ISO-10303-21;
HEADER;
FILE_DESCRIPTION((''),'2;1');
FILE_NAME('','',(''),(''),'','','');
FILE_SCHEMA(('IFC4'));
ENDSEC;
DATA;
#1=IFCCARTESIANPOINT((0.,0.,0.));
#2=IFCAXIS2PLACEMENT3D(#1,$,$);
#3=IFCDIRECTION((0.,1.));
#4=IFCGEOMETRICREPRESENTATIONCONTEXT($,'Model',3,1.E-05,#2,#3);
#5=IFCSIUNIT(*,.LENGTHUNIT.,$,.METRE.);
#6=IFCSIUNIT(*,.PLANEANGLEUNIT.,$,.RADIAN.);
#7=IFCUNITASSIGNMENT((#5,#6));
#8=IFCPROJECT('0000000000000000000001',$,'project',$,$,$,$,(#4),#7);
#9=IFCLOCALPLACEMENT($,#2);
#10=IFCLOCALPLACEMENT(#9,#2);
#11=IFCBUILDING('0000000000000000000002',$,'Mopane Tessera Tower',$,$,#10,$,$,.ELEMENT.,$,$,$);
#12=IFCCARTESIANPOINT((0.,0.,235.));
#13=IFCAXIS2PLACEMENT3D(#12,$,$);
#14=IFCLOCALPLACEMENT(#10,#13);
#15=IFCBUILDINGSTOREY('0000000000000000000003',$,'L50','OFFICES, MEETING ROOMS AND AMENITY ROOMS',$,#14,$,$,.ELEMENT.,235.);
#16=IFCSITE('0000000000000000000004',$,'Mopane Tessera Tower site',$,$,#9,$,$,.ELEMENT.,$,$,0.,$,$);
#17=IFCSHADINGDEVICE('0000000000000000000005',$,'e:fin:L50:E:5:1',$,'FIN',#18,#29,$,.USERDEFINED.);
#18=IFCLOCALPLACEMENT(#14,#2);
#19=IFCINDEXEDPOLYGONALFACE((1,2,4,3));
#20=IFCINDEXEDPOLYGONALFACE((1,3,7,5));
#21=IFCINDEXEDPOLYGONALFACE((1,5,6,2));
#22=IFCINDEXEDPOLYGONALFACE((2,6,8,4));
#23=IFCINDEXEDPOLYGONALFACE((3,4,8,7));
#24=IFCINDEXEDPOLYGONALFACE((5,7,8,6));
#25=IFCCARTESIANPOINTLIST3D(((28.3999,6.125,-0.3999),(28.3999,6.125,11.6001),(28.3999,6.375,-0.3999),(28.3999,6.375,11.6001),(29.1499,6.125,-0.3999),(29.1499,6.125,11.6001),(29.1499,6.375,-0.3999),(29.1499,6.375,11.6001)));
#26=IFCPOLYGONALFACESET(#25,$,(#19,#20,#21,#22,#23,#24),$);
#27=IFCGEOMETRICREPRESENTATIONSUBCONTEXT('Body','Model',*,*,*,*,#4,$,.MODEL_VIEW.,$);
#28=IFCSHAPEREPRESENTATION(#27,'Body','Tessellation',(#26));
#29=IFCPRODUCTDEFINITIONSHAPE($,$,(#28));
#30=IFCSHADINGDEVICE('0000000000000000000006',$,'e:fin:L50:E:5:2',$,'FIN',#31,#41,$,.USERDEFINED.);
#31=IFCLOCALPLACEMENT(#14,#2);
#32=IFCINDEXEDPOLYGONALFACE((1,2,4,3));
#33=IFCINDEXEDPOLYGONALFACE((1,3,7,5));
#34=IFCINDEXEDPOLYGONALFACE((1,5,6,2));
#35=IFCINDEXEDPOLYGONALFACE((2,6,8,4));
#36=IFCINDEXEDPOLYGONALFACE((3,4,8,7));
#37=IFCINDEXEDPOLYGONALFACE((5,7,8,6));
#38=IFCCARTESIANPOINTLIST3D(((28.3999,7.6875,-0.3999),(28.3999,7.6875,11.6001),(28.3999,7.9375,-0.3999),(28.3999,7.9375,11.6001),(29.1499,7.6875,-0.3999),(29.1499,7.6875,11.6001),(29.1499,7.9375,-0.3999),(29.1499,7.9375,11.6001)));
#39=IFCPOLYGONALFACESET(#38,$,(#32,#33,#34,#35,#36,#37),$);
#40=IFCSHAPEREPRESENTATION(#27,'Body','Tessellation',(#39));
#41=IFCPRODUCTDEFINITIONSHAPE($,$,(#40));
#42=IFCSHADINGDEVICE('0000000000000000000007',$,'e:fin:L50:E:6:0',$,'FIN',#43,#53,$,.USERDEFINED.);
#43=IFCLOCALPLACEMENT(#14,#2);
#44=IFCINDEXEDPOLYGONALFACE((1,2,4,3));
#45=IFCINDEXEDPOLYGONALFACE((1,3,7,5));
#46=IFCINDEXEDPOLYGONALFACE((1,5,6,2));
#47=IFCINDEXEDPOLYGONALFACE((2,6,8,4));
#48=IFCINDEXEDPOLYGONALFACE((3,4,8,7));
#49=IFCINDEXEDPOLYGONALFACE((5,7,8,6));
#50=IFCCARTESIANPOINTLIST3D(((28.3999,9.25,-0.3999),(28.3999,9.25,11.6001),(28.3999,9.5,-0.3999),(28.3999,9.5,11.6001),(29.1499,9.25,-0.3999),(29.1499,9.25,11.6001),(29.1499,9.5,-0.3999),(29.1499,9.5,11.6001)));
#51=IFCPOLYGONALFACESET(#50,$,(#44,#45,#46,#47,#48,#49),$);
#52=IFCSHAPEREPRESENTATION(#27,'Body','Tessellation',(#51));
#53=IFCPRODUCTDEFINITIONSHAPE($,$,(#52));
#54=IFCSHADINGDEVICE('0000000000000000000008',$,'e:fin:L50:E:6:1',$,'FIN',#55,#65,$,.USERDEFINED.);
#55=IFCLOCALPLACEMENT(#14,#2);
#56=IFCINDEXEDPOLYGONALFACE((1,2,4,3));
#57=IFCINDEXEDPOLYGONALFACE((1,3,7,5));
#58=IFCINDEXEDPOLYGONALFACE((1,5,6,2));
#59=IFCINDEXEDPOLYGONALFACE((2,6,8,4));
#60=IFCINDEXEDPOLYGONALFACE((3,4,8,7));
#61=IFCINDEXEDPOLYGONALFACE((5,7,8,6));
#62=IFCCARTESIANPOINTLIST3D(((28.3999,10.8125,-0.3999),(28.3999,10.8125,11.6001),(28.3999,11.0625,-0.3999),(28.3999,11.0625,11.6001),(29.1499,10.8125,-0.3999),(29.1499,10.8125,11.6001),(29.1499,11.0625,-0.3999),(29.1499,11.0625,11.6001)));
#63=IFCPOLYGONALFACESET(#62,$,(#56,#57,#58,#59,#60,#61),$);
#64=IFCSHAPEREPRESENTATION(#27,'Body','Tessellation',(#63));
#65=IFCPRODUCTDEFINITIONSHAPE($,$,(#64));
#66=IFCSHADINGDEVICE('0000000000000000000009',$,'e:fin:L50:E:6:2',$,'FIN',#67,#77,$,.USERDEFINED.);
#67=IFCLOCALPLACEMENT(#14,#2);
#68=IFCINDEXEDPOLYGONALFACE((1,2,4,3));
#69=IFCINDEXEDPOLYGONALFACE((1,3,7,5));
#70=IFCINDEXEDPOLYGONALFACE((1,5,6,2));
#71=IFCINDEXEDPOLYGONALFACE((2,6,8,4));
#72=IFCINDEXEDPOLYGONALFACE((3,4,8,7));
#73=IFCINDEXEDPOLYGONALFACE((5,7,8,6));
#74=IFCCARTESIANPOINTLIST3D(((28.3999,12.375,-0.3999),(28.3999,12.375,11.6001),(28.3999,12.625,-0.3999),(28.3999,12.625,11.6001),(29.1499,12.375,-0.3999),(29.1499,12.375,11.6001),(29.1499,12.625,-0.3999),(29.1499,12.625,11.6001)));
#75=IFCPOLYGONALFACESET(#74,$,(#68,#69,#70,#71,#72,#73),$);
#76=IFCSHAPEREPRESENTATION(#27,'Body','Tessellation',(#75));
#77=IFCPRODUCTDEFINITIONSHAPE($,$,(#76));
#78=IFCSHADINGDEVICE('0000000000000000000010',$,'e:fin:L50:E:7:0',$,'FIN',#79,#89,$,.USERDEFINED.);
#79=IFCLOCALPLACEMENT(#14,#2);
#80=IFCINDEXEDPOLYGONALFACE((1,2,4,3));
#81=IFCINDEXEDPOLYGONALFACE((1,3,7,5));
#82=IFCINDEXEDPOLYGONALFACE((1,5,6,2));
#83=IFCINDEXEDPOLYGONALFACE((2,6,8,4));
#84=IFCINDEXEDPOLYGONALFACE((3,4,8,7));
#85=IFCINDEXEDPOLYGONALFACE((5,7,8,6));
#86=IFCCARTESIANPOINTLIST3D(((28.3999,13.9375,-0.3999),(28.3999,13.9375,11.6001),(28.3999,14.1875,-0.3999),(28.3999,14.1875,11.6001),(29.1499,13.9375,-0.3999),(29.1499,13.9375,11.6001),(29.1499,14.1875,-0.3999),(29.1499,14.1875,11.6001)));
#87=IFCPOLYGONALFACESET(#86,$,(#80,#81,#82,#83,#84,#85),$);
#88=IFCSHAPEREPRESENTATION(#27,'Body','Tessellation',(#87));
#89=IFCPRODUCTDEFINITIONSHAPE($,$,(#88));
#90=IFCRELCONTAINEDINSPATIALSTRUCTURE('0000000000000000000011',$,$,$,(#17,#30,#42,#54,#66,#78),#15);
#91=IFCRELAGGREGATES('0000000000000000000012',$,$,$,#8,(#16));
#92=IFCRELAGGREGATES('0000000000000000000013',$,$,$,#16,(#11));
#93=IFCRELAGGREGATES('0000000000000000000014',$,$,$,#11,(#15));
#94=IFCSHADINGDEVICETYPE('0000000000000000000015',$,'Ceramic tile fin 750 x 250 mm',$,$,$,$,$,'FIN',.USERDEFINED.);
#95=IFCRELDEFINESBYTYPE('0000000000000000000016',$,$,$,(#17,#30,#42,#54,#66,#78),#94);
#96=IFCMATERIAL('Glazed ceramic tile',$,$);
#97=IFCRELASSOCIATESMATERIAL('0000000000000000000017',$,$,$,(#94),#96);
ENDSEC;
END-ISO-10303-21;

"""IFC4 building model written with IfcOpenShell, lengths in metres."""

from ifc_helpers import new_model, si_unit, direction, frame, origin, origin_2d, place, context, subcontext, project, spatial, rectangle, extrude, material, type_object, element, save


model = new_model("IFC4")

# Units and contexts
model_context = context("Model", 3, precision=1e-05, world=origin(), true_north=direction((0.0, 1.0)))
body_context = subcontext(model_context, "Body", "Model", "MODEL_VIEW")
ifc_project = project(units=[si_unit("LENGTHUNIT", "METRE"), si_unit("PLANEANGLEUNIT", "RADIAN")], contexts=[model_context])

# Site, building, storey
site_placement = place(None, origin())
site = spatial("IfcSite", under=ifc_project, at=site_placement, Name="Mopane Tessera Tower site", CompositionType="ELEMENT", RefElevation=0.0)
building_placement = place(site_placement, origin())
building = spatial("IfcBuilding", under=site, at=building_placement, Name="Mopane Tessera Tower", CompositionType="ELEMENT")
storey_placement = place(building_placement, frame((0.0, 0.0, 235.0)))
storey = spatial("IfcBuildingStorey", under=building, at=storey_placement, Name="L50", Description="OFFICES, MEETING ROOMS AND AMENITY ROOMS", CompositionType="ELEMENT", Elevation=235.0)

# Shading devices
ifc_material_1 = material(Name="Glazed ceramic tile")
shading_device_type = type_object("IfcShadingDeviceType", Name="Ceramic tile fin 750 x 250 mm", ElementType="FIN", PredefinedType="USERDEFINED", material=ifc_material_1)
for number, where, z_axis, x_axis, name in (
    (1, (28.7749, 6.25, -0.3999), (0.0, 0.0, 1.0), (0.0, 1.0, 0.0), "e:fin:L50:E:5:1"),
    (2, (28.7749, 7.8125, -0.3999), (0.0, 0.0, 1.0), (0.0, 1.0, 0.0), "e:fin:L50:E:5:2"),
    (3, (28.7749, 9.375, -0.3999), (0.0, 0.0, 1.0), (0.0, 1.0, 0.0), "e:fin:L50:E:6:0"),
    (4, (28.7749, 10.9375, -0.3999), (0.0, 0.0, 1.0), (0.0, 1.0, 0.0), "e:fin:L50:E:6:1"),
    (5, (28.7749, 12.5, -0.3999), (0.0, 0.0, 1.0), (0.0, 1.0, 0.0), "e:fin:L50:E:6:2"),
    (6, (28.7749, 14.0625, -0.3999), (0.0, 0.0, 1.0), (0.0, 1.0, 0.0), "e:fin:L50:E:7:0"),
):
    element("IfcShadingDevice", number, at=place(storey_placement, frame(where, z_axis=z_axis, x_axis=x_axis)), inside=storey, type_object=shading_device_type, Name=name, ObjectType="FIN", PredefinedType="USERDEFINED", context=body_context, shape_type="SweptSolid", body=[
        extrude(rectangle(XDim=0.25, YDim=0.75, at=origin_2d()), origin(), (0.0, 0.0, 1.0), 12.0),
    ])

save(model, "model.ifc")
